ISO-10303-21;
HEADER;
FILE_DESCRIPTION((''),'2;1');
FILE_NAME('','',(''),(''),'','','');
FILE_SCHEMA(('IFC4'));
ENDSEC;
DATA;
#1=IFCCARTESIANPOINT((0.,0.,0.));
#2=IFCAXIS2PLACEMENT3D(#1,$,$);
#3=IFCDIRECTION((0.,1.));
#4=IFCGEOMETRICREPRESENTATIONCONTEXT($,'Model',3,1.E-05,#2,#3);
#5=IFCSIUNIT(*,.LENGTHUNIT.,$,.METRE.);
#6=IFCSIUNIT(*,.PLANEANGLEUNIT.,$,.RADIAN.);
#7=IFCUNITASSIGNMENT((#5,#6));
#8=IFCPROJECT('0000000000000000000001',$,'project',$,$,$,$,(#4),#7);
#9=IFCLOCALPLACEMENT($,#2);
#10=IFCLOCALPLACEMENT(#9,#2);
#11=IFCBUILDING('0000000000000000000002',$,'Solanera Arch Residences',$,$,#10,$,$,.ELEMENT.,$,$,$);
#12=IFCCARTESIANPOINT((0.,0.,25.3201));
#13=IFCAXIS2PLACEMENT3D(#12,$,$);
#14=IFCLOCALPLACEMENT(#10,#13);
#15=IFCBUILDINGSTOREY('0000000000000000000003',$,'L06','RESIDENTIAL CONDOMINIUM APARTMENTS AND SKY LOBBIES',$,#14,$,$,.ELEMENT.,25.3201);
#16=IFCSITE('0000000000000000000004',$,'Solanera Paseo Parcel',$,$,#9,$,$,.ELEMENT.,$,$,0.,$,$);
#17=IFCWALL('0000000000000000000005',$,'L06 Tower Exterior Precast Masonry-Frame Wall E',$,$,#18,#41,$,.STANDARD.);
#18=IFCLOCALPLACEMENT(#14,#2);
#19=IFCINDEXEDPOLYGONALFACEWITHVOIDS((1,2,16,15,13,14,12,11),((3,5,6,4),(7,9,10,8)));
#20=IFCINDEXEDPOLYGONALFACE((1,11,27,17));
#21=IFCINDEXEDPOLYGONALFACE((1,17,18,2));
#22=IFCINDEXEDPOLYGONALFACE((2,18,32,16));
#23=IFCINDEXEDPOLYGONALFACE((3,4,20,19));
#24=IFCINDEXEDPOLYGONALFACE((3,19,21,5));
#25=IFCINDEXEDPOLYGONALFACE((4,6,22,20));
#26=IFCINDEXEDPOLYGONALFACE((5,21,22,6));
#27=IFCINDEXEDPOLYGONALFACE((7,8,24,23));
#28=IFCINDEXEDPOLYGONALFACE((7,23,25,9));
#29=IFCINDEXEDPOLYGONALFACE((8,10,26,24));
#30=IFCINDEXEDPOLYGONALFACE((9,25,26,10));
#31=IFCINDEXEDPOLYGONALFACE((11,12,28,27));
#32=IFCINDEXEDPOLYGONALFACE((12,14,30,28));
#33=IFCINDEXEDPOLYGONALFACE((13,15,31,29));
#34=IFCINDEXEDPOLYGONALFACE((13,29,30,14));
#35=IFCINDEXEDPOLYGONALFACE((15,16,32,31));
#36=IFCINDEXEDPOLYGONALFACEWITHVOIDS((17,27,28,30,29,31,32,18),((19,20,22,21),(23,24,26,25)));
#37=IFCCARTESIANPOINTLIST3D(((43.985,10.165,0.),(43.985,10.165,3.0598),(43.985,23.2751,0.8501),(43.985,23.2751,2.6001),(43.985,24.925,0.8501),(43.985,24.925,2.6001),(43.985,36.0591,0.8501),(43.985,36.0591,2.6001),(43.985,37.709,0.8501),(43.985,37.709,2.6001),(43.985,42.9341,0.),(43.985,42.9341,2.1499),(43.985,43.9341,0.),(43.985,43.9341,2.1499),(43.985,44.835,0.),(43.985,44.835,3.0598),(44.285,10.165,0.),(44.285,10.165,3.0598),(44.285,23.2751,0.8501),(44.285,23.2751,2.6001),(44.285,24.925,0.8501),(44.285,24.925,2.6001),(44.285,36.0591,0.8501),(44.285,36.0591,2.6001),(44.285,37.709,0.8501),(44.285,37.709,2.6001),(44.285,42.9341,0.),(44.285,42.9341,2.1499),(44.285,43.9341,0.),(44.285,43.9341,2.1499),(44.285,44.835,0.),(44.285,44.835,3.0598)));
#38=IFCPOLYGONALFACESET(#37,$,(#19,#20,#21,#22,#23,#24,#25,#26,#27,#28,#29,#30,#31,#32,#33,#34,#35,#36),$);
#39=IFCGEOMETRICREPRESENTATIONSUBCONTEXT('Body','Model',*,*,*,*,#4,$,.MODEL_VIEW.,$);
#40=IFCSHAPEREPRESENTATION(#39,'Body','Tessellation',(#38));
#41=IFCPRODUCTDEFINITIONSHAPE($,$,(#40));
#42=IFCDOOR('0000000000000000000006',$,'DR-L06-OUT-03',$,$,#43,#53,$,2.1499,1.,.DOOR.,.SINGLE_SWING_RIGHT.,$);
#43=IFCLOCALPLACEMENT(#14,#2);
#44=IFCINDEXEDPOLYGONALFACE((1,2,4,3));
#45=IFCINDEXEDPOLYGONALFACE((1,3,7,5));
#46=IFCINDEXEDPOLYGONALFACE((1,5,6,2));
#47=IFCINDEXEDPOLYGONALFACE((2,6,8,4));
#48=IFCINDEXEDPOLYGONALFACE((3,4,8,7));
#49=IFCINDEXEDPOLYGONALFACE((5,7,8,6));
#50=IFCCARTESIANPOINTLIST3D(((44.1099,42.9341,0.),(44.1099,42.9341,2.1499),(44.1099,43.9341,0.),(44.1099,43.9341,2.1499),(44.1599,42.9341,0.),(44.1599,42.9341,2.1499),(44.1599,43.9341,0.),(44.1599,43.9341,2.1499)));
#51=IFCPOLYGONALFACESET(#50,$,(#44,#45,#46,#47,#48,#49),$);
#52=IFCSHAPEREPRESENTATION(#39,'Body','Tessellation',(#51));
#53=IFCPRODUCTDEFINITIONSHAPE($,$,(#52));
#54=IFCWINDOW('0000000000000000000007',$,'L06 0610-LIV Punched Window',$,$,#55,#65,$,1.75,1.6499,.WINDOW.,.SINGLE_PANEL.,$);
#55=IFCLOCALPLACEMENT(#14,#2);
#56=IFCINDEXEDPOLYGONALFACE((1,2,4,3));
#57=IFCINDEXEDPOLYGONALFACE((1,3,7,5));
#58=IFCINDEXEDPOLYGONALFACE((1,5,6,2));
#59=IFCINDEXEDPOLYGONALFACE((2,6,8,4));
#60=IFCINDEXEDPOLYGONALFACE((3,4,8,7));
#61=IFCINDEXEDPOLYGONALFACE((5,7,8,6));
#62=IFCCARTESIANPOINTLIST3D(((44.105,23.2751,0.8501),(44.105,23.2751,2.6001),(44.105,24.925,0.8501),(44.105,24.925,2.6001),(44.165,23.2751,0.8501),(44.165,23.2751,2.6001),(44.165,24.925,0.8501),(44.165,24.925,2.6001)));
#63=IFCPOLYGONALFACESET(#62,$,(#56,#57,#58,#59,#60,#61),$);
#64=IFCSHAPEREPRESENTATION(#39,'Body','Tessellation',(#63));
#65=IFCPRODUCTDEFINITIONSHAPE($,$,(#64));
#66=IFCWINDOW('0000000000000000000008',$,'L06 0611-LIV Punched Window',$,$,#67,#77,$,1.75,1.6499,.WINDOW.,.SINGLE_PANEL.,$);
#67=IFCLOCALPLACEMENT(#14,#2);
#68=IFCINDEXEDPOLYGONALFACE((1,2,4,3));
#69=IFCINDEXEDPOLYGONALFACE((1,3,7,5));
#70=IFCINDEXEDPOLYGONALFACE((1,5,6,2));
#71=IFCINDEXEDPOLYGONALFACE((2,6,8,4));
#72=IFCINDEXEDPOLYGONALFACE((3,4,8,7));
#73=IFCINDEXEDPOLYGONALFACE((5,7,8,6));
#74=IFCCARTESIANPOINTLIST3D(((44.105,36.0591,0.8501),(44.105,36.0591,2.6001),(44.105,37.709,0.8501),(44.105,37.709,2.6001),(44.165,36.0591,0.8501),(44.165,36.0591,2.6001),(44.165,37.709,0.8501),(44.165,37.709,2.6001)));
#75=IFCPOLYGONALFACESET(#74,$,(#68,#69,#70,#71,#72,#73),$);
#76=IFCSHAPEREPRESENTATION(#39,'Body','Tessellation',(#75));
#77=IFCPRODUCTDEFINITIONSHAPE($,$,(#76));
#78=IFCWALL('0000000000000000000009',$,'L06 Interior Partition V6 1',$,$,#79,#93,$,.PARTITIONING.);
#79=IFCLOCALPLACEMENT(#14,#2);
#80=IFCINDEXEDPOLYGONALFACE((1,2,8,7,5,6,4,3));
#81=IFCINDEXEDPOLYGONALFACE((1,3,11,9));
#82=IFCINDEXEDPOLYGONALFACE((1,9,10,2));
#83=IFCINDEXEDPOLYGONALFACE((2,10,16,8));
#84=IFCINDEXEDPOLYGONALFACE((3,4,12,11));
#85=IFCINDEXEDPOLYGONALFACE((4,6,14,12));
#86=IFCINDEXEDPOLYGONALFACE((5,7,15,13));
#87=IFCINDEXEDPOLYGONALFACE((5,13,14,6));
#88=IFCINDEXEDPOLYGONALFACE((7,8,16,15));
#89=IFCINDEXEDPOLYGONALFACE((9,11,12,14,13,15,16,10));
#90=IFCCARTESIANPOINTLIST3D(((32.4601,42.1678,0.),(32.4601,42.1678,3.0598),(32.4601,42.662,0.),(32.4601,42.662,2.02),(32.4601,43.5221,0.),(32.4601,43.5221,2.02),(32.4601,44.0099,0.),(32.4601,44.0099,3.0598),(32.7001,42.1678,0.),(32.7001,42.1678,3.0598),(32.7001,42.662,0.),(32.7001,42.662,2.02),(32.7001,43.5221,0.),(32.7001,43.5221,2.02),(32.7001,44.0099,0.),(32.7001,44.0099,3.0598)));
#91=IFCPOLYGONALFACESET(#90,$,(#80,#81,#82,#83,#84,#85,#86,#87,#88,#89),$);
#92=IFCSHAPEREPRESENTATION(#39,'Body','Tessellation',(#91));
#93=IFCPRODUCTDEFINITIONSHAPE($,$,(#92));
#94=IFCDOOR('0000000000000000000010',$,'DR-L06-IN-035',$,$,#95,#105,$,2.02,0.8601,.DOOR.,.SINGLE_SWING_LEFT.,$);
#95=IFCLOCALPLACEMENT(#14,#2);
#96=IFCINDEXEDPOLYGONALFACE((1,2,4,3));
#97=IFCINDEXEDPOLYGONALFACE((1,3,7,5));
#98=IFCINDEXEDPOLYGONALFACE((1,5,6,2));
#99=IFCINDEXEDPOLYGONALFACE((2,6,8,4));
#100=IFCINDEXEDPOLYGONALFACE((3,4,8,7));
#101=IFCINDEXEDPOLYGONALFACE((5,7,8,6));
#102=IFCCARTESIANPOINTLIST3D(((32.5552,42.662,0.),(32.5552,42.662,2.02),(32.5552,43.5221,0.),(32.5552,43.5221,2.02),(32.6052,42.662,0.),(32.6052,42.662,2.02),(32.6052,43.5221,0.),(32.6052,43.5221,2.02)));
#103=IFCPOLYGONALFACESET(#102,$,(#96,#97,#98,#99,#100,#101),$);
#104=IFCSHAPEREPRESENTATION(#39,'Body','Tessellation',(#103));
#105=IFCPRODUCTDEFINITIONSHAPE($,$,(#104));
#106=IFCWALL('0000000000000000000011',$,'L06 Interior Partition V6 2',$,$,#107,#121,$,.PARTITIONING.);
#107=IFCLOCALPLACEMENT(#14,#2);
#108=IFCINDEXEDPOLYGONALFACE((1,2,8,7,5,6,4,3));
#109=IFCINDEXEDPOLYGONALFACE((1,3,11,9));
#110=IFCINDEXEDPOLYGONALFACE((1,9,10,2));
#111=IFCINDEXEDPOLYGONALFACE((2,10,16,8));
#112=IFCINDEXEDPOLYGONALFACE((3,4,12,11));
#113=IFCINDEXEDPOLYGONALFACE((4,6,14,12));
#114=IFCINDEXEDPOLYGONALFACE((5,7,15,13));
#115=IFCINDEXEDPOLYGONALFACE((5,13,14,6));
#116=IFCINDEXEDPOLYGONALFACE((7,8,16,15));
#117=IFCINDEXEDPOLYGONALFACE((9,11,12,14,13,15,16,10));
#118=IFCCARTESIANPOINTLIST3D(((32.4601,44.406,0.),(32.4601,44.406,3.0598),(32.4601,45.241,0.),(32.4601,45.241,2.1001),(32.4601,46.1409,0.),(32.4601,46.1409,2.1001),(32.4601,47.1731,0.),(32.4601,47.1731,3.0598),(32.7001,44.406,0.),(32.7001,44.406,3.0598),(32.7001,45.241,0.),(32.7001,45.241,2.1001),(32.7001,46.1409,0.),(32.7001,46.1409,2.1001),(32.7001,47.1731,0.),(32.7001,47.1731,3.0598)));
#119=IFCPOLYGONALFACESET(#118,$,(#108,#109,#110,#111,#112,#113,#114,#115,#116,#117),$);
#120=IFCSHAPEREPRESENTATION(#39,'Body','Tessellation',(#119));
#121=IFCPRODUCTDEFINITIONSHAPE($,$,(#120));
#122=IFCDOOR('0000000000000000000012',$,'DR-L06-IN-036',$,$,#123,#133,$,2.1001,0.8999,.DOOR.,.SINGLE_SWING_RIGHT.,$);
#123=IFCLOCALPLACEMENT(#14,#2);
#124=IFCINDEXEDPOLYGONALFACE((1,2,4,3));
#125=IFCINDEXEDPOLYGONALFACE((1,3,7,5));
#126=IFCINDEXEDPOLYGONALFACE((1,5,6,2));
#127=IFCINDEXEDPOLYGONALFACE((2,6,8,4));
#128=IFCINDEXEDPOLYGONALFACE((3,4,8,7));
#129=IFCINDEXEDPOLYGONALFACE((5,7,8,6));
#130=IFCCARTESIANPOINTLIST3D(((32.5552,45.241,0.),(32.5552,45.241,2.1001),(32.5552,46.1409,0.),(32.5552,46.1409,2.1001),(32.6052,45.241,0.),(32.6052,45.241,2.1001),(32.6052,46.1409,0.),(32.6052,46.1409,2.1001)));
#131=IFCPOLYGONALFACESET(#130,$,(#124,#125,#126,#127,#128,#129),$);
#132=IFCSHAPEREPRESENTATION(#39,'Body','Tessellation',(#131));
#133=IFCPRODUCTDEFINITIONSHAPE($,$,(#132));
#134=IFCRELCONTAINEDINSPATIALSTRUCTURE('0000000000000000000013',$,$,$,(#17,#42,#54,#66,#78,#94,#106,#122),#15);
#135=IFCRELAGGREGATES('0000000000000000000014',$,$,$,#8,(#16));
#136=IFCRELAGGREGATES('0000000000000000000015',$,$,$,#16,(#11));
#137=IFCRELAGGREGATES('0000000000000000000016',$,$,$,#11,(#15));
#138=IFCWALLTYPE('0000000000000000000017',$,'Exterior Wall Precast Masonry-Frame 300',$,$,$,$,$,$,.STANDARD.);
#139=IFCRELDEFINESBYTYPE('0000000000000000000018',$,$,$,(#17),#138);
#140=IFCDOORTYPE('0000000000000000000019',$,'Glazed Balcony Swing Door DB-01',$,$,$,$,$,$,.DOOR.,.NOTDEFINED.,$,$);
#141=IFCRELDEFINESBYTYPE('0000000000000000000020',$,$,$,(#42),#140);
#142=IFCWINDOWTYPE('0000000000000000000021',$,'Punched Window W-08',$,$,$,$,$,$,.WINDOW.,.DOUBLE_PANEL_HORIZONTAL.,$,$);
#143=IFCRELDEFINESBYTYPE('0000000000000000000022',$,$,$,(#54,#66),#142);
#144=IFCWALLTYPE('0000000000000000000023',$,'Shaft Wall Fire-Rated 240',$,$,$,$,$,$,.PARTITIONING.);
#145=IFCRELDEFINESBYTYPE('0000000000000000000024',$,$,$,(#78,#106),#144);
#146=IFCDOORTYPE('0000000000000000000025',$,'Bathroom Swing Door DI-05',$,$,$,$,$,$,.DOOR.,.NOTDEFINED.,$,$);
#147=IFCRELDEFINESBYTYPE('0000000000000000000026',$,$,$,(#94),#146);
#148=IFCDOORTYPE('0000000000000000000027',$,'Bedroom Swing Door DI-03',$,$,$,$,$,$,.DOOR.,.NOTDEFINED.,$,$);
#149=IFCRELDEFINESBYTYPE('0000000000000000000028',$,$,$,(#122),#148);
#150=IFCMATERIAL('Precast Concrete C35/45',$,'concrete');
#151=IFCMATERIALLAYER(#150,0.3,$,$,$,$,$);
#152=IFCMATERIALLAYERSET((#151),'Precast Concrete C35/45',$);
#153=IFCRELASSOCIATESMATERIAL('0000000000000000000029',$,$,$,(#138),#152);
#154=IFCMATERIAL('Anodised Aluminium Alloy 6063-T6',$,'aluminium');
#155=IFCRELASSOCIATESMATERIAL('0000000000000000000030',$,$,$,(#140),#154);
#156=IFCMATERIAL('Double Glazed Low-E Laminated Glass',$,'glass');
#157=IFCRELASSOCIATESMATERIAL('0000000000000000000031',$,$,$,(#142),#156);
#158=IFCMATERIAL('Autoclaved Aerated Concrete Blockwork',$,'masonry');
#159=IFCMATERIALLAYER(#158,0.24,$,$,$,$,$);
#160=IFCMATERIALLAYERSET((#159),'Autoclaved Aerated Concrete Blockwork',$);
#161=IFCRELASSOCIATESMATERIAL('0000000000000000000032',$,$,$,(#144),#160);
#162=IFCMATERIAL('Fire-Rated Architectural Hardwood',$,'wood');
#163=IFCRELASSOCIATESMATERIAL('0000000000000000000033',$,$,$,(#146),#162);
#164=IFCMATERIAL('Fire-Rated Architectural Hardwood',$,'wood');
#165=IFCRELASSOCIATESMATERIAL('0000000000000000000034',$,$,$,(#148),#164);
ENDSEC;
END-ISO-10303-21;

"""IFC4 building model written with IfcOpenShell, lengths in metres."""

from ifc_helpers import new_model, si_unit, direction, frame, frame_2d, origin, place, context, subcontext, project, spatial, rectangle, extrude, material, layer, layer_set, type_object, element, fill, save


model = new_model("IFC4")

# Units and contexts
model_context = context("Model", 3, precision=1e-05, world=origin(), true_north=direction((0.0, 1.0)))
body_context = subcontext(model_context, "Body", "Model", "MODEL_VIEW")
ifc_project = project(units=[si_unit("LENGTHUNIT", "METRE"), si_unit("PLANEANGLEUNIT", "RADIAN")], contexts=[model_context])

# Site, building, storey
site_placement = place(None, origin())
site = spatial("IfcSite", under=ifc_project, at=site_placement, Name="Solanera Paseo Parcel", CompositionType="ELEMENT", RefElevation=0.0)
building_placement = place(site_placement, origin())
building = spatial("IfcBuilding", under=site, at=building_placement, Name="Solanera Arch Residences", CompositionType="ELEMENT")
storey_placement = place(building_placement, frame((0.0, 0.0, 25.3201)))
storey = spatial("IfcBuildingStorey", under=building, at=storey_placement, Name="L06", Description="RESIDENTIAL CONDOMINIUM APARTMENTS AND SKY LOBBIES", CompositionType="ELEMENT", Elevation=25.3201)

# Shared definitions
ifc_material_1 = material(Name="Precast Concrete C35/45", Category="concrete")
ifc_layer_1 = layer(ifc_material_1, 0.3)
ifc_layer_set_1 = layer_set([ifc_layer_1], Name="Precast Concrete C35/45")
wall_type_1 = type_object("IfcWallType", Name="Exterior Wall Precast Masonry-Frame 300", PredefinedType="STANDARD", material=ifc_layer_set_1)

# Wall, openings, door, windows
wall_1_placement = place(storey_placement, frame((44.135, 44.835, 0.0), z_axis=(0.0, 0.0, 1.0), x_axis=(0.0, -1.0, 0.0)))
wall_1 = element("IfcWall", 1, at=wall_1_placement, inside=storey, type_object=wall_type_1, Name="L06 Tower Exterior Precast Masonry-Frame Wall E", PredefinedType="STANDARD", context=body_context, shape_type="SweptSolid", body=[
    extrude(rectangle(XDim=34.6699, YDim=0.3, at=frame_2d((17.335, 0.0))), origin(), (0.0, 0.0, 1.0), 3.0598),
])
opening_1_placement = place(wall_1_placement, frame((0.9009, 0.0, 0.0)))
opening_1 = element("IfcOpeningElement", 2, at=opening_1_placement, cuts=wall_1, PredefinedType="OPENING", context=body_context, shape_type="SweptSolid", body=[
    extrude(rectangle(XDim=1.0, YDim=2.1499, at=frame_2d((0.5, 1.075))), frame((0.0, 0.1599, 0.0), z_axis=(0.0, -1.0, 0.0), x_axis=(1.0, 0.0, 0.0)), (0.0, 0.0, 1.0), 0.32),
])
opening_2_placement = place(wall_1_placement, frame((19.9099, 0.0, 0.8501)))
opening_2 = element("IfcOpeningElement", 3, at=opening_2_placement, cuts=wall_1, PredefinedType="OPENING", context=body_context, shape_type="SweptSolid", body=[
    extrude(rectangle(XDim=1.6499, YDim=1.75, at=frame_2d((0.825, 0.875))), frame((0.0, 0.1599, 0.0), z_axis=(0.0, -1.0, 0.0), x_axis=(1.0, 0.0, 0.0)), (0.0, 0.0, 1.0), 0.32),
])
opening_3_placement = place(wall_1_placement, frame((7.126, 0.0, 0.8501)))
opening_3 = element("IfcOpeningElement", 4, at=opening_3_placement, cuts=wall_1, PredefinedType="OPENING", context=body_context, shape_type="SweptSolid", body=[
    extrude(rectangle(XDim=1.6499, YDim=1.75, at=frame_2d((0.825, 0.875))), frame((0.0, 0.1599, 0.0), z_axis=(0.0, -1.0, 0.0), x_axis=(1.0, 0.0, 0.0)), (0.0, 0.0, 1.0), 0.32),
])
ifc_material_2 = material(Name="Anodised Aluminium Alloy 6063-T6", Category="aluminium")
door_type_1 = type_object("IfcDoorType", Name="Glazed Balcony Swing Door DB-01", OperationType="NOTDEFINED", PredefinedType="DOOR", material=ifc_material_2)
door_1_placement = place(opening_1_placement, origin())
door_1 = element("IfcDoor", 5, at=door_1_placement, inside=storey, type_object=door_type_1, Name="DR-L06-OUT-03", OperationType="SINGLE_SWING_RIGHT", OverallHeight=2.1499, OverallWidth=1.0, PredefinedType="DOOR", context=body_context, shape_type="SweptSolid", body=[
    extrude(rectangle(XDim=1.0, YDim=2.1499, at=frame_2d((0.5, 1.075))), frame((0.0, 0.0249, 0.0), z_axis=(0.0, -1.0, 0.0), x_axis=(1.0, 0.0, 0.0)), (0.0, 0.0, 1.0), 0.05),
])
fill(opening_1, door_1)
ifc_material_3 = material(Name="Double Glazed Low-E Laminated Glass", Category="glass")
window_type = type_object("IfcWindowType", Name="Punched Window W-08", PartitioningType="DOUBLE_PANEL_HORIZONTAL", PredefinedType="WINDOW", material=ifc_material_3)
window_1_placement = place(opening_2_placement, origin())
window_1 = element("IfcWindow", 6, at=window_1_placement, inside=storey, type_object=window_type, Name="L06 0610-LIV Punched Window", OverallHeight=1.75, OverallWidth=1.6499, PartitioningType="SINGLE_PANEL", PredefinedType="WINDOW", context=body_context, shape_type="SweptSolid", body=[
    extrude(rectangle(XDim=1.6499, YDim=1.75, at=frame_2d((0.825, 0.875))), frame((0.0, 0.03, 0.0), z_axis=(0.0, -1.0, 0.0), x_axis=(1.0, 0.0, 0.0)), (0.0, 0.0, 1.0), 0.0601),
])
fill(opening_2, window_1)
window_2_placement = place(opening_3_placement, origin())
window_2 = element("IfcWindow", 7, at=window_2_placement, inside=storey, type_object=window_type, Name="L06 0611-LIV Punched Window", OverallHeight=1.75, OverallWidth=1.6499, PartitioningType="SINGLE_PANEL", PredefinedType="WINDOW", context=body_context, shape_type="SweptSolid", body=[
    extrude(rectangle(XDim=1.6499, YDim=1.75, at=frame_2d((0.825, 0.875))), frame((0.0, 0.03, 0.0), z_axis=(0.0, -1.0, 0.0), x_axis=(1.0, 0.0, 0.0)), (0.0, 0.0, 1.0), 0.0601),
])
fill(opening_3, window_2)

# Walls, openings, doors
ifc_material_4 = material(Name="Autoclaved Aerated Concrete Blockwork", Category="masonry")
ifc_layer_2 = layer(ifc_material_4, 0.24)
ifc_layer_set_2 = layer_set([ifc_layer_2], Name="Autoclaved Aerated Concrete Blockwork")
wall_type_2 = type_object("IfcWallType", Name="Shaft Wall Fire-Rated 240", PredefinedType="PARTITIONING", material=ifc_layer_set_2)
wall_2_placement = place(storey_placement, frame((32.5801, 42.168, 0.0), z_axis=(0.0, 0.0, 1.0), x_axis=(0.0, 1.0, 0.0)))
wall_2 = element("IfcWall", 8, at=wall_2_placement, inside=storey, type_object=wall_type_2, Name="L06 Interior Partition V6 1", PredefinedType="PARTITIONING", context=body_context, shape_type="SweptSolid", body=[
    extrude(rectangle(XDim=1.842, YDim=0.24, at=frame_2d((0.9209, 0.0))), origin(), (0.0, 0.0, 1.0), 3.0598),
])
opening_4_placement = place(wall_2_placement, frame((0.4939, 0.0, 0.0)))
opening_4 = element("IfcOpeningElement", 9, at=opening_4_placement, cuts=wall_2, PredefinedType="OPENING", context=body_context, shape_type="SweptSolid", body=[
    extrude(rectangle(XDim=0.8601, YDim=2.02, at=frame_2d((0.4302, 1.01))), frame((0.0, 0.1299, 0.0), z_axis=(0.0, -1.0, 0.0), x_axis=(1.0, 0.0, 0.0)), (0.0, 0.0, 1.0), 0.26),
])
ifc_material_5 = material(Name="Fire-Rated Architectural Hardwood", Category="wood")
door_type_2 = type_object("IfcDoorType", Name="Bathroom Swing Door DI-05", OperationType="NOTDEFINED", PredefinedType="DOOR", material=ifc_material_5)
door_2_placement = place(opening_4_placement, origin())
door_2 = element("IfcDoor", 10, at=door_2_placement, inside=storey, type_object=door_type_2, Name="DR-L06-IN-035", OperationType="SINGLE_SWING_LEFT", OverallHeight=2.02, OverallWidth=0.8601, PredefinedType="DOOR", context=body_context, shape_type="SweptSolid", body=[
    extrude(rectangle(XDim=0.8601, YDim=2.02, at=frame_2d((0.4302, 1.01))), frame((0.0, 0.0249, 0.0), z_axis=(0.0, -1.0, 0.0), x_axis=(1.0, 0.0, 0.0)), (0.0, 0.0, 1.0), 0.05),
])
fill(opening_4, door_2)
wall_3_placement = place(storey_placement, frame((32.5801, 44.406, 0.0), z_axis=(0.0, 0.0, 1.0), x_axis=(0.0, 1.0, 0.0)))
wall_3 = element("IfcWall", 11, at=wall_3_placement, inside=storey, type_object=wall_type_2, Name="L06 Interior Partition V6 2", PredefinedType="PARTITIONING", context=body_context, shape_type="SweptSolid", body=[
    extrude(rectangle(XDim=2.7671, YDim=0.24, at=frame_2d((1.3835, 0.0))), origin(), (0.0, 0.0, 1.0), 3.0598),
])
opening_5_placement = place(wall_3_placement, frame((0.835, 0.0, 0.0)))
opening_5 = element("IfcOpeningElement", 12, at=opening_5_placement, cuts=wall_3, PredefinedType="OPENING", context=body_context, shape_type="SweptSolid", body=[
    extrude(rectangle(XDim=0.8999, YDim=2.1001, at=frame_2d((0.45, 1.05))), frame((0.0, 0.1299, 0.0), z_axis=(0.0, -1.0, 0.0), x_axis=(1.0, 0.0, 0.0)), (0.0, 0.0, 1.0), 0.26),
])
ifc_material_6 = material(Name="Fire-Rated Architectural Hardwood", Category="wood")
door_type_3 = type_object("IfcDoorType", Name="Bedroom Swing Door DI-03", OperationType="NOTDEFINED", PredefinedType="DOOR", material=ifc_material_6)
door_3_placement = place(opening_5_placement, origin())
door_3 = element("IfcDoor", 13, at=door_3_placement, inside=storey, type_object=door_type_3, Name="DR-L06-IN-036", OperationType="SINGLE_SWING_RIGHT", OverallHeight=2.1001, OverallWidth=0.8999, PredefinedType="DOOR", context=body_context, shape_type="SweptSolid", body=[
    extrude(rectangle(XDim=0.8999, YDim=2.1001, at=frame_2d((0.45, 1.05))), frame((0.0, 0.0249, 0.0), z_axis=(0.0, -1.0, 0.0), x_axis=(1.0, 0.0, 0.0)), (0.0, 0.0, 1.0), 0.05),
])
fill(opening_5, door_3)

save(model, "model.ifc")
